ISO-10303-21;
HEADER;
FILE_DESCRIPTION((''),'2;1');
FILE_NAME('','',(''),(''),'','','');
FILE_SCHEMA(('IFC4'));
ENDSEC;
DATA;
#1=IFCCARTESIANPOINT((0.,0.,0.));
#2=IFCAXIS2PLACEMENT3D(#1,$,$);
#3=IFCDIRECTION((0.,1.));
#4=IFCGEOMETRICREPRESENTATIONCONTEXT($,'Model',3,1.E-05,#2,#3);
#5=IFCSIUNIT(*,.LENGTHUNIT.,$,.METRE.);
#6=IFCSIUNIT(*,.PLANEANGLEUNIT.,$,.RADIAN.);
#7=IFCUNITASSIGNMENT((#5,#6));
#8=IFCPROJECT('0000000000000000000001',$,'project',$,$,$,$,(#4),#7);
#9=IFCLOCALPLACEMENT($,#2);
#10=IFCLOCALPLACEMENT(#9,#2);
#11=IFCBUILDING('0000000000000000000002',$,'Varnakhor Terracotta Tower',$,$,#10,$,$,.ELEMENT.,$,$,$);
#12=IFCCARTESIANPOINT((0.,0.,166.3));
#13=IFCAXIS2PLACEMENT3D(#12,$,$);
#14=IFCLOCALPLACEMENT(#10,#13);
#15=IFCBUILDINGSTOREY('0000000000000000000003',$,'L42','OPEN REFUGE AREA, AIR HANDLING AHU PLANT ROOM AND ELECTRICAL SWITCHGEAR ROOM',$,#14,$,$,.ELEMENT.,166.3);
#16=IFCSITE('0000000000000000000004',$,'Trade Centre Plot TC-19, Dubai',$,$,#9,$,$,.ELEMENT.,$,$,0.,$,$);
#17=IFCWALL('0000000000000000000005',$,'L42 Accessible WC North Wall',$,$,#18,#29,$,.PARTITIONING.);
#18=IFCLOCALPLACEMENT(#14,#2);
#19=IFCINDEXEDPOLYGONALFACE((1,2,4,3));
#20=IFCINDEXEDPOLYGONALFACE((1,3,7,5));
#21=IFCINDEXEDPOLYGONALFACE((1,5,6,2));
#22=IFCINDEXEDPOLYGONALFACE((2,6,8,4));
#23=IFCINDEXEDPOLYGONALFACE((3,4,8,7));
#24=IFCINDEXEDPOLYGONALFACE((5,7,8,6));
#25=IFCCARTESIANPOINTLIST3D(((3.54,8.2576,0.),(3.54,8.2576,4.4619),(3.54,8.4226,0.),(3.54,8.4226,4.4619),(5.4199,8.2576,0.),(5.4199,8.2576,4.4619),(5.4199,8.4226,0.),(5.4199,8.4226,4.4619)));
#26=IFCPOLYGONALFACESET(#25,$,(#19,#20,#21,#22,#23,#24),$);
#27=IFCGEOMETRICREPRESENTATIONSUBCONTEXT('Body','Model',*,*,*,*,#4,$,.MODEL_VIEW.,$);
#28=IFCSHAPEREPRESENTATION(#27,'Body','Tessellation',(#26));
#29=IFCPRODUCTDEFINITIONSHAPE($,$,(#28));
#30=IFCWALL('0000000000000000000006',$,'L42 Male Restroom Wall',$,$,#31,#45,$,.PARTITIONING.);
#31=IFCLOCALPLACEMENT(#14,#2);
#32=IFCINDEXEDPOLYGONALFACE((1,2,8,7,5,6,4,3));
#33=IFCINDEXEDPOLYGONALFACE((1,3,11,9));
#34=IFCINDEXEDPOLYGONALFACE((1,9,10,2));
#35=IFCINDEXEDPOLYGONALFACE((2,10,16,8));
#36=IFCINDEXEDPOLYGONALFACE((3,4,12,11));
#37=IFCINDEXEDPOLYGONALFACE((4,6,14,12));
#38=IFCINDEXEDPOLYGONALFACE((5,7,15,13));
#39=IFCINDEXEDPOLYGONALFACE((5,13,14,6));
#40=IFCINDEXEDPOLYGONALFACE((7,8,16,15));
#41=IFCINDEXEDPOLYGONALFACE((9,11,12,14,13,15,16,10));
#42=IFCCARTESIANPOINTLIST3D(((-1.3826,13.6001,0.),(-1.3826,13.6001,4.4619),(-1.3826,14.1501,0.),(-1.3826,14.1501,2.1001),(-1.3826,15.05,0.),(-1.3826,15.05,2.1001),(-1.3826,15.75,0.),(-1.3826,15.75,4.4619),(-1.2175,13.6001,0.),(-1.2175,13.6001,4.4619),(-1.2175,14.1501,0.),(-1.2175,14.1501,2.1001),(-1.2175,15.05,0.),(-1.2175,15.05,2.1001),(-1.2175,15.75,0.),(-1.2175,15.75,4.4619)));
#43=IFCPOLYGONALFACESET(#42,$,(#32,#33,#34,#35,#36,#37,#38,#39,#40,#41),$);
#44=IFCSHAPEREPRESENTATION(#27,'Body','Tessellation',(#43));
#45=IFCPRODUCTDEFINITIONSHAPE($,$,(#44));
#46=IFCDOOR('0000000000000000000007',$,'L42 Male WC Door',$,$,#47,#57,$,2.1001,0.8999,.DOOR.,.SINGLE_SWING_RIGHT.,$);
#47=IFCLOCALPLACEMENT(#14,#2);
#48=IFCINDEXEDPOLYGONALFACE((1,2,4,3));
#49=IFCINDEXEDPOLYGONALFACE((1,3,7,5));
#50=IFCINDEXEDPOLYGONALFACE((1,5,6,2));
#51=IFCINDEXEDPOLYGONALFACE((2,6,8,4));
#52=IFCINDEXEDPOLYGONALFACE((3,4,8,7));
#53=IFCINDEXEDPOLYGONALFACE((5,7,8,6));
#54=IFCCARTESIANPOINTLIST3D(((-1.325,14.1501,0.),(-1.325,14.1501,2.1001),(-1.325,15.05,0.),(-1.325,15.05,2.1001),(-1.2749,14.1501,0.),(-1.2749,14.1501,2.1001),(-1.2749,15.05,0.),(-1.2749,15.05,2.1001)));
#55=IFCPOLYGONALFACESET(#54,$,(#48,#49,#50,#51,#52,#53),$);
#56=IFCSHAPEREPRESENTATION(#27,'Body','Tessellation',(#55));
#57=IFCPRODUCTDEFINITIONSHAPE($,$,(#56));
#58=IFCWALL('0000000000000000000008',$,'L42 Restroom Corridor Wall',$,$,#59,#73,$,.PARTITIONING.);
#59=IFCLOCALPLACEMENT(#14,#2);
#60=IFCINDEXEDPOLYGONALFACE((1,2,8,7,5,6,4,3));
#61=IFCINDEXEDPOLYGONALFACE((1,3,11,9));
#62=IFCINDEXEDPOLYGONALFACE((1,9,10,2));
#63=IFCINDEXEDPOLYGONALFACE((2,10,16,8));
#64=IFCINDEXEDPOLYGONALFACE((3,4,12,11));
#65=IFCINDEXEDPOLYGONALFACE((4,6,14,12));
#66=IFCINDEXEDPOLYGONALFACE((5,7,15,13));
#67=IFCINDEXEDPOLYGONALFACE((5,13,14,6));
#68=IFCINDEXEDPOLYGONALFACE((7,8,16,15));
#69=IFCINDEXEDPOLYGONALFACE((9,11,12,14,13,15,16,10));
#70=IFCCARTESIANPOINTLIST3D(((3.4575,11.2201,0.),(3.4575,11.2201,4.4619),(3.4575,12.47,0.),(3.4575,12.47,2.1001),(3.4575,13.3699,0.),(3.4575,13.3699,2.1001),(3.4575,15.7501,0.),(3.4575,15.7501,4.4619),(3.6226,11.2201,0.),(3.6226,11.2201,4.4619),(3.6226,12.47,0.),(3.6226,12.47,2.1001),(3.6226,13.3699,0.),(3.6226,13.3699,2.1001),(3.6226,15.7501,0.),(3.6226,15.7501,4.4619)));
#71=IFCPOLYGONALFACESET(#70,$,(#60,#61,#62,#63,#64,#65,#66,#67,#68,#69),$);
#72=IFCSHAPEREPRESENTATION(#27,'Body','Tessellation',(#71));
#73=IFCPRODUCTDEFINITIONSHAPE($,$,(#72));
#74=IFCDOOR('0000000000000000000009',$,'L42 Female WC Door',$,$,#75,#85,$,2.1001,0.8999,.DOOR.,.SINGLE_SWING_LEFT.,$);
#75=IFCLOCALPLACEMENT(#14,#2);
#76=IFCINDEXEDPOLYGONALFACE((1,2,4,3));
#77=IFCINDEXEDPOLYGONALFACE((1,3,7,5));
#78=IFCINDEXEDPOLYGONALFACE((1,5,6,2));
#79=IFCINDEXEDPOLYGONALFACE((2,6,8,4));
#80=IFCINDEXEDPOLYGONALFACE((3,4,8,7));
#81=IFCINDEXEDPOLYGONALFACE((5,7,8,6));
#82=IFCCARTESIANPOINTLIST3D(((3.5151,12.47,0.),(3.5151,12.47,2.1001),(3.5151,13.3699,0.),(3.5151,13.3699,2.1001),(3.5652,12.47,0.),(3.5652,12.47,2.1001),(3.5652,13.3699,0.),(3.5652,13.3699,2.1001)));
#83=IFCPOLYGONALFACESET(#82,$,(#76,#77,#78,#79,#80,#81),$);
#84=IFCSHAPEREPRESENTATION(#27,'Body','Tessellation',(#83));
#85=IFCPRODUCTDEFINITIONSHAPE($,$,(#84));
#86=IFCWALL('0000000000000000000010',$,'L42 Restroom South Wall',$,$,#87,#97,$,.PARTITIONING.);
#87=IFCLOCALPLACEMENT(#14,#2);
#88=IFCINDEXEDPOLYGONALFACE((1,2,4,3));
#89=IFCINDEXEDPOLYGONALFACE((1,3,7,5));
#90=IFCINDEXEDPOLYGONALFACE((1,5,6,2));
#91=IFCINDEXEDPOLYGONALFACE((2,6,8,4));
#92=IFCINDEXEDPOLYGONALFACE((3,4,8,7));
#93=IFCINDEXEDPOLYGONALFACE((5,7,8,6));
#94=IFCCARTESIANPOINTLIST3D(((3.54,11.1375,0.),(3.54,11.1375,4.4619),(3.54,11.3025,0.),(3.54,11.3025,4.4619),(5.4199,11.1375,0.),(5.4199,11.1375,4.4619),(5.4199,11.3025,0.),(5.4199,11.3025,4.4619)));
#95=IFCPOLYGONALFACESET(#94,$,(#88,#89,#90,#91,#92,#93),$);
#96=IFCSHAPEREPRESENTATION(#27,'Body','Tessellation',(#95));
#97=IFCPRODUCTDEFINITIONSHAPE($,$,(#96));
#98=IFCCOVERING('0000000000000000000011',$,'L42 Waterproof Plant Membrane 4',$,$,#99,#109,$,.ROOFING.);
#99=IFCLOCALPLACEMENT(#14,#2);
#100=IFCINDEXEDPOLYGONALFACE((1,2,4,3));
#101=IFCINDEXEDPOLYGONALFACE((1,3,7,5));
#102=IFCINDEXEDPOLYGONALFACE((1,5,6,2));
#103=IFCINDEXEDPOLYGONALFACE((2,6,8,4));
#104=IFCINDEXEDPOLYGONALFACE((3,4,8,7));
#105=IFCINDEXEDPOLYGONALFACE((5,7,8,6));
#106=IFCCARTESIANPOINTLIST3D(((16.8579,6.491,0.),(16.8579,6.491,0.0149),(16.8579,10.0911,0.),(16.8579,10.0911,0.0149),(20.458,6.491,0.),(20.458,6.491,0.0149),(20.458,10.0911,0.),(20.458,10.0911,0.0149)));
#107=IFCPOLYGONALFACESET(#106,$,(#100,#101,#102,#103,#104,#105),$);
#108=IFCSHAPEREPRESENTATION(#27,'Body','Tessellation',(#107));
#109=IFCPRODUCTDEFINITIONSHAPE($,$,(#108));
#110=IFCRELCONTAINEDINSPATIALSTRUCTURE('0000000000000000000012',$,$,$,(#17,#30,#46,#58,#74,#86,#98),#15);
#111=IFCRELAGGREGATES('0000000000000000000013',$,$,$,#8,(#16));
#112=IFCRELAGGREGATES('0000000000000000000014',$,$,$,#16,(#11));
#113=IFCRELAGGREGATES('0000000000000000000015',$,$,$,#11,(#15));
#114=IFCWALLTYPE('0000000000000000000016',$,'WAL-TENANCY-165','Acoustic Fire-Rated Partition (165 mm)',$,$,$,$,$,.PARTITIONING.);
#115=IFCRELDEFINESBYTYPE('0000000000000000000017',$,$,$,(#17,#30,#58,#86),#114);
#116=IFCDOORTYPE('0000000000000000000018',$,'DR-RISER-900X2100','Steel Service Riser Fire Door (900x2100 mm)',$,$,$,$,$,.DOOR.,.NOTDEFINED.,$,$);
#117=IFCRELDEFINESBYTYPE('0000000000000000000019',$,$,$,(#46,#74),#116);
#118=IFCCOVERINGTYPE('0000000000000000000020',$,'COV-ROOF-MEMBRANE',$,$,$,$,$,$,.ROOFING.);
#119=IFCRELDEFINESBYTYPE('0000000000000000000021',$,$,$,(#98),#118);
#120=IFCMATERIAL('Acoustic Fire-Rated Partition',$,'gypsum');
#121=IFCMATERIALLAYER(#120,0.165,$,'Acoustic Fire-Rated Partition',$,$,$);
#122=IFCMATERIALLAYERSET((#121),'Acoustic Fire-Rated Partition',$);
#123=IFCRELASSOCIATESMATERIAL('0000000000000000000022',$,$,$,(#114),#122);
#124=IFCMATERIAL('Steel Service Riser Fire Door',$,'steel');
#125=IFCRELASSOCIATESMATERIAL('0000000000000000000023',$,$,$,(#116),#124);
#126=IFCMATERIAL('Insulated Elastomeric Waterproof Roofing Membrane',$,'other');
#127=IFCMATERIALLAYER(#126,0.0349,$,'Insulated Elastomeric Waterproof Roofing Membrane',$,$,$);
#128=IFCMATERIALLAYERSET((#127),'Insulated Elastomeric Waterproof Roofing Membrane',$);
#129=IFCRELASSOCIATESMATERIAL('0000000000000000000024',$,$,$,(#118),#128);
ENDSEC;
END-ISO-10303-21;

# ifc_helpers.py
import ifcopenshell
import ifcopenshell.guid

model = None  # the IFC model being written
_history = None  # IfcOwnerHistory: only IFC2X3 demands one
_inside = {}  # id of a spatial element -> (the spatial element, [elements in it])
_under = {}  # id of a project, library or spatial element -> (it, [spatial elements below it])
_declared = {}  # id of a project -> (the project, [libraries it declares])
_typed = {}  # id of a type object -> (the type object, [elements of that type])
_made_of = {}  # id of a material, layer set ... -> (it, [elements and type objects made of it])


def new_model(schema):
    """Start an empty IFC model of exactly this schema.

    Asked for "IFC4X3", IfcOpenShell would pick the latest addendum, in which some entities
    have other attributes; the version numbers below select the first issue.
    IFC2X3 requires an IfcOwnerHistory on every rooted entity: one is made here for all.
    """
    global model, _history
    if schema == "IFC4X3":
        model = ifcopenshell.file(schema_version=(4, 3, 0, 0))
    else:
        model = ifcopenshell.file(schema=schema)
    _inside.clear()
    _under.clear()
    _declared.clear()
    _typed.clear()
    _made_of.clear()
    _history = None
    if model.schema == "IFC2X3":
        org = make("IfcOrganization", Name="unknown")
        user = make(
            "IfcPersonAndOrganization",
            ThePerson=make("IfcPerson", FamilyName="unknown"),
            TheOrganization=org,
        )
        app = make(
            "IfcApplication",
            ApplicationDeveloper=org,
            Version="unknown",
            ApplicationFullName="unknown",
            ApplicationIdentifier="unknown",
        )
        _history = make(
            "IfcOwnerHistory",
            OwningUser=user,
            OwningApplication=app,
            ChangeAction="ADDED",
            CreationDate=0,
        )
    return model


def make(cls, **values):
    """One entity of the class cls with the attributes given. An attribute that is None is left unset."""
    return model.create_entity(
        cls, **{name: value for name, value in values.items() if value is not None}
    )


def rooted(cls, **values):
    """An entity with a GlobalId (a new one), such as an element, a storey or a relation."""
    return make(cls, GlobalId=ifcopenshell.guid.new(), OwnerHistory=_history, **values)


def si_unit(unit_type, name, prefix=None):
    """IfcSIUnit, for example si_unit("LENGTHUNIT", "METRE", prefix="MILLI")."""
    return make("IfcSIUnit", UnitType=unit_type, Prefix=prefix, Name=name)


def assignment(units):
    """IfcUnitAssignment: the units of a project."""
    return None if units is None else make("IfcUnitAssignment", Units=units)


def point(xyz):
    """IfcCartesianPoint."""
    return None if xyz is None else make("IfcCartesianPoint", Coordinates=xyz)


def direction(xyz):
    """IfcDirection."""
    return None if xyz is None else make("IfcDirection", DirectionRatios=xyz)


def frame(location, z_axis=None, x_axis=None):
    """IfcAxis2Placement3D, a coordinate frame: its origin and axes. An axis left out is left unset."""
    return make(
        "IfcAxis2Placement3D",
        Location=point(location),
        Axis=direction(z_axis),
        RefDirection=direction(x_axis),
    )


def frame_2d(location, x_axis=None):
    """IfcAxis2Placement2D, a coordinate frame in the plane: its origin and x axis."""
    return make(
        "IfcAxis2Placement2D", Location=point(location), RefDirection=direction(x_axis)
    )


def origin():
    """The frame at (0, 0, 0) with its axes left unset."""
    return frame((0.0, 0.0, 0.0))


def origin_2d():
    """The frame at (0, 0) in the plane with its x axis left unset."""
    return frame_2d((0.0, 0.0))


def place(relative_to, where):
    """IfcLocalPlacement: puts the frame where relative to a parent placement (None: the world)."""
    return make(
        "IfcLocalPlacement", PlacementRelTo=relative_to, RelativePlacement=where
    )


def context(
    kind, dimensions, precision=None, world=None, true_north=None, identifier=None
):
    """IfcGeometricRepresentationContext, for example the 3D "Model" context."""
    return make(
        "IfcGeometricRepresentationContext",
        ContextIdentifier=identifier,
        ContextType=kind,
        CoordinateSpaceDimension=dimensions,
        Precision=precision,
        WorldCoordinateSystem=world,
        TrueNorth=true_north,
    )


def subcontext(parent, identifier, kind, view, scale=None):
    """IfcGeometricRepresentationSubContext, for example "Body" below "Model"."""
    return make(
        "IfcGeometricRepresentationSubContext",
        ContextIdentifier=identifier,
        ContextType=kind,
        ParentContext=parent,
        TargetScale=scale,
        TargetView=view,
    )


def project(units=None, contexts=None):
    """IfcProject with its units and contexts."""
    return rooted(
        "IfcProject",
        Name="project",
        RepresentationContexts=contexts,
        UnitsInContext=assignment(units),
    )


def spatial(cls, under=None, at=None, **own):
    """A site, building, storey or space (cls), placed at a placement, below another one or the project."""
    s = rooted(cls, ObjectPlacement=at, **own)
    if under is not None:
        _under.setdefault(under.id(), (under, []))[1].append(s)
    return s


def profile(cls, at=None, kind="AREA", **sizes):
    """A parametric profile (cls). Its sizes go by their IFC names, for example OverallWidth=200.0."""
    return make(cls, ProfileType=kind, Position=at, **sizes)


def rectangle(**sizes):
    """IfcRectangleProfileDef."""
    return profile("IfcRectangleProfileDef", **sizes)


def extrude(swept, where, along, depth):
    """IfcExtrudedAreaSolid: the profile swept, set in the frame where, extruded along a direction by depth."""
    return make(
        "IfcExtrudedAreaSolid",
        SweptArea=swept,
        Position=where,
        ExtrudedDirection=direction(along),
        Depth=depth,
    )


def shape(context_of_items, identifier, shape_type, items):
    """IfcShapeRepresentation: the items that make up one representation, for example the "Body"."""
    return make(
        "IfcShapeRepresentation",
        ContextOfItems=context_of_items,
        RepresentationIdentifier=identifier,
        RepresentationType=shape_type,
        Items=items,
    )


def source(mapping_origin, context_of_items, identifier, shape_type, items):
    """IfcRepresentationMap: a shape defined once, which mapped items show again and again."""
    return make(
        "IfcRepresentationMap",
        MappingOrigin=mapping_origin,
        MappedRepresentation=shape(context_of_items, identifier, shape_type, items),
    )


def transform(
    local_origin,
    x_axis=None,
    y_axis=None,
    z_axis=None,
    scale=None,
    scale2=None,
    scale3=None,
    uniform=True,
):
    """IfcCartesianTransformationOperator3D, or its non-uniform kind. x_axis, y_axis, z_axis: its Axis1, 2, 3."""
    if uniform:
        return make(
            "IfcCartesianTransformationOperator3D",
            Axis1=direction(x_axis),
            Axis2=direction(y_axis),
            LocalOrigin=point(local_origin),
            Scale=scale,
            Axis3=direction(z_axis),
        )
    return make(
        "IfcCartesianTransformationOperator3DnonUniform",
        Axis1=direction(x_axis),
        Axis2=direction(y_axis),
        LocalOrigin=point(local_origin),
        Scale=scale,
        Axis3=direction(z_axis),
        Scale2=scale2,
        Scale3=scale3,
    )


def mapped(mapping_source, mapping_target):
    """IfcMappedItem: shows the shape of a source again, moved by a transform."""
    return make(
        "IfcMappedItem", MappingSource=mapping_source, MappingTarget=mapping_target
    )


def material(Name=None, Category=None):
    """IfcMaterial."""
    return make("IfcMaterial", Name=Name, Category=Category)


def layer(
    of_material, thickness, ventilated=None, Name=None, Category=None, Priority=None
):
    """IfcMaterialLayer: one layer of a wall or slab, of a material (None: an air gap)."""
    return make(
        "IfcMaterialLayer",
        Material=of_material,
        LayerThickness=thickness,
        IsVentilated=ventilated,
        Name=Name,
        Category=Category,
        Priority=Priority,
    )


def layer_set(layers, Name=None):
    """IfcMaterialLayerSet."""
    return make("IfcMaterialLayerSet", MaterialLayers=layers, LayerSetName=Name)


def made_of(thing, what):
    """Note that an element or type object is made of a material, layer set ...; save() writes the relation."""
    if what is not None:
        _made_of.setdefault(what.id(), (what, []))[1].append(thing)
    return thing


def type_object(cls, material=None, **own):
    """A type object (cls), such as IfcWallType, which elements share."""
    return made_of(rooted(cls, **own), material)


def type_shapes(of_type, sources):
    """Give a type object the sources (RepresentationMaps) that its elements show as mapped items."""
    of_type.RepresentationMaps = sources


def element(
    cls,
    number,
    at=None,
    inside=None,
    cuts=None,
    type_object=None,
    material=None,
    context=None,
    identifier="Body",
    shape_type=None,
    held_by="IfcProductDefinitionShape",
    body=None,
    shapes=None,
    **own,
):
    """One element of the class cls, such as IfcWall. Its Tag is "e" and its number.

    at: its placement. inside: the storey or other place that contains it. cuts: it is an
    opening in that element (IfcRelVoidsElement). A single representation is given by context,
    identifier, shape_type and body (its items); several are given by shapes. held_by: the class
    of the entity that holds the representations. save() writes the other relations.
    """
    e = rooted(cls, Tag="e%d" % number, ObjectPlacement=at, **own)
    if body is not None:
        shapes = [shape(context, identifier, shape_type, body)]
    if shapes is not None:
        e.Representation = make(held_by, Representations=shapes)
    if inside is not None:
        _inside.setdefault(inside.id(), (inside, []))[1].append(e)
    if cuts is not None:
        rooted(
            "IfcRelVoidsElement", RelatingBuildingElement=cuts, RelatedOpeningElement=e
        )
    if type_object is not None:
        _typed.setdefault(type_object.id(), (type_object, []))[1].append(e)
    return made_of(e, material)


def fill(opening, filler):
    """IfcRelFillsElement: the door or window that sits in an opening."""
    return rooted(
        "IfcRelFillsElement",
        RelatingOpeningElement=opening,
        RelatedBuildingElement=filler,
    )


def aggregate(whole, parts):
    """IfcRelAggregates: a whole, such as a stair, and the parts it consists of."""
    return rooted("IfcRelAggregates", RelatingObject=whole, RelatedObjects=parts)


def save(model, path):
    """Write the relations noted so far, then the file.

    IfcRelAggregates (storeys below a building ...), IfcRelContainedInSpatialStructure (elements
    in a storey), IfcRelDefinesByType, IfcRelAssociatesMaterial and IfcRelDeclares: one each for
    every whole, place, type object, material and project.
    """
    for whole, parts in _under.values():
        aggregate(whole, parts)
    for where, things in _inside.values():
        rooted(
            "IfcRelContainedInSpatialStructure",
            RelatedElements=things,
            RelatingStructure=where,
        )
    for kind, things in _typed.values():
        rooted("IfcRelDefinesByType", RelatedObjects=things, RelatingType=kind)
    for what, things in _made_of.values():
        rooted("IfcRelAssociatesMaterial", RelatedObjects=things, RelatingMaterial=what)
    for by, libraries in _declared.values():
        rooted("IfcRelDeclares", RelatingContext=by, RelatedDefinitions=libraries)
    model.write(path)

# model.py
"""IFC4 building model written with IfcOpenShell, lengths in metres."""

from ifc_helpers import new_model, si_unit, direction, frame, frame_2d, origin, origin_2d, place, context, subcontext, project, spatial, rectangle, extrude, source, transform, mapped, material, layer, layer_set, type_object, type_shapes, element, fill, save


model = new_model("IFC4")

# Units and contexts
model_context = context("Model", 3, precision=1e-05, world=origin(), true_north=direction((0.0, 1.0)))
body_context = subcontext(model_context, "Body", "Model", "MODEL_VIEW")
ifc_project = project(units=[si_unit("LENGTHUNIT", "METRE"), si_unit("PLANEANGLEUNIT", "RADIAN")], contexts=[model_context])

# Site, building, storey
site_placement = place(None, origin())
site = spatial("IfcSite", under=ifc_project, at=site_placement, Name="Trade Centre Plot TC-19, Dubai", CompositionType="ELEMENT", RefElevation=0.0)
building_placement = place(site_placement, origin())
building = spatial("IfcBuilding", under=site, at=building_placement, Name="Varnakhor Terracotta Tower", CompositionType="ELEMENT")
storey_placement = place(building_placement, frame((0.0, 0.0, 166.3)))
storey = spatial("IfcBuildingStorey", under=building, at=storey_placement, Name="L42", Description="OPEN REFUGE AREA, AIR HANDLING AHU PLANT ROOM AND ELECTRICAL SWITCHGEAR ROOM", CompositionType="ELEMENT", Elevation=166.3)

# Wall
ifc_material_1 = material(Name="Acoustic Fire-Rated Partition", Category="gypsum")
ifc_layer_1 = layer(ifc_material_1, 0.165, Name="Acoustic Fire-Rated Partition")
ifc_layer_set_1 = layer_set([ifc_layer_1], Name="Acoustic Fire-Rated Partition")
wall_type_1 = type_object("IfcWallType", Name="WAL-TENANCY-165", Description="Acoustic Fire-Rated Partition (165 mm)", PredefinedType="PARTITIONING", material=ifc_layer_set_1)
wall_1_placement = place(storey_placement, frame((3.54, 8.3401, 0.0), z_axis=(0.0, 0.0, 1.0), x_axis=(1.0, 0.0, 0.0)))
element("IfcWall", 1, at=wall_1_placement, inside=storey, type_object=wall_type_1, Name="L42 Accessible WC North Wall", PredefinedType="PARTITIONING", context=body_context, shape_type="SweptSolid", body=[
    extrude(rectangle(XDim=1.8799, YDim=0.165, at=frame_2d((0.9399, 0.0))), origin(), (0.0, 0.0, 1.0), 4.4619),
])

# Walls, openings, doors
wall_2_placement = place(storey_placement, frame((-1.3, 13.6001, 0.0), z_axis=(0.0, 0.0, 1.0), x_axis=(0.0, 1.0, 0.0)))
wall_2 = element("IfcWall", 2, at=wall_2_placement, inside=storey, type_object=wall_type_1, Name="L42 Male Restroom Wall", PredefinedType="PARTITIONING", context=body_context, shape_type="SweptSolid", body=[
    extrude(rectangle(XDim=2.1499, YDim=0.165, at=frame_2d((1.075, 0.0))), origin(), (0.0, 0.0, 1.0), 4.4619),
])
opening_1_placement = place(wall_2_placement, frame((0.55, 0.0, 0.0)))
opening_1 = element("IfcOpeningElement", 3, at=opening_1_placement, cuts=wall_2, PredefinedType="OPENING", context=body_context, shape_type="SweptSolid", body=[
    extrude(rectangle(XDim=0.8999, YDim=2.1001, at=frame_2d((0.45, 1.05))), frame((0.0, 0.0925, 0.0), z_axis=(0.0, -1.0, 0.0), x_axis=(1.0, 0.0, 0.0)), (0.0, 0.0, 1.0), 0.1851),
])
ifc_material_2 = material(Name="Steel Service Riser Fire Door", Category="steel")
door_type_1 = type_object("IfcDoorType", Name="DR-RISER-900X2100", Description="Steel Service Riser Fire Door (900x2100 mm)", OperationType="NOTDEFINED", PredefinedType="DOOR", material=ifc_material_2)
shared_shape_1 = source(origin(), body_context, "Body", "SweptSolid", [
    extrude(rectangle(XDim=0.8999, YDim=2.1001, at=frame_2d((0.45, 1.05))), frame((0.0, 0.0249, 0.0), z_axis=(0.0, -1.0, 0.0), x_axis=(1.0, 0.0, 0.0)), (0.0, 0.0, 1.0), 0.05),
])
type_shapes(door_type_1, [shared_shape_1])
door_1_placement = place(opening_1_placement, origin())
door_1 = element("IfcDoor", 4, at=door_1_placement, inside=storey, type_object=door_type_1, Name="L42 Male WC Door", OperationType="SINGLE_SWING_RIGHT", OverallHeight=2.1001, OverallWidth=0.8999, PredefinedType="DOOR", context=body_context, shape_type="MappedRepresentation", body=[
    mapped(shared_shape_1, transform((0.0, 0.0, 0.0), scale=1.0)),
])
fill(opening_1, door_1)
wall_3_placement = place(storey_placement, frame((3.54, 11.22, 0.0), z_axis=(0.0, 0.0, 1.0), x_axis=(0.0, 1.0, 0.0)))
wall_3 = element("IfcWall", 5, at=wall_3_placement, inside=storey, type_object=wall_type_1, Name="L42 Restroom Corridor Wall", PredefinedType="PARTITIONING", context=body_context, shape_type="SweptSolid", body=[
    extrude(rectangle(XDim=4.53, YDim=0.165, at=frame_2d((2.2651, 0.0))), origin(), (0.0, 0.0, 1.0), 4.4619),
])
opening_2_placement = place(wall_3_placement, frame((1.25, 0.0, 0.0)))
opening_2 = element("IfcOpeningElement", 6, at=opening_2_placement, cuts=wall_3, PredefinedType="OPENING", context=body_context, shape_type="SweptSolid", body=[
    extrude(rectangle(XDim=0.8999, YDim=2.1001, at=frame_2d((0.45, 1.05))), frame((0.0, 0.0925, 0.0), z_axis=(0.0, -1.0, 0.0), x_axis=(1.0, 0.0, 0.0)), (0.0, 0.0, 1.0), 0.1851),
])
door_2_placement = place(opening_2_placement, origin())
door_2 = element("IfcDoor", 7, at=door_2_placement, inside=storey, type_object=door_type_1, Name="L42 Female WC Door", OperationType="SINGLE_SWING_LEFT", OverallHeight=2.1001, OverallWidth=0.8999, PredefinedType="DOOR", context=body_context, shape_type="MappedRepresentation", body=[
    mapped(shared_shape_1, transform((0.0, 0.0, 0.0), scale=1.0)),
])
fill(opening_2, door_2)

# Wall
wall_4_placement = place(storey_placement, frame((3.54, 11.22, 0.0), z_axis=(0.0, 0.0, 1.0), x_axis=(1.0, 0.0, 0.0)))
element("IfcWall", 8, at=wall_4_placement, inside=storey, type_object=wall_type_1, Name="L42 Restroom South Wall", PredefinedType="PARTITIONING", context=body_context, shape_type="SweptSolid", body=[
    extrude(rectangle(XDim=1.8799, YDim=0.165, at=frame_2d((0.9399, 0.0))), origin(), (0.0, 0.0, 1.0), 4.4619),
])

# Covering
ifc_material_3 = material(Name="Insulated Elastomeric Waterproof Roofing Membrane", Category="other")
ifc_layer_2 = layer(ifc_material_3, 0.0349, Name="Insulated Elastomeric Waterproof Roofing Membrane")
ifc_layer_set_2 = layer_set([ifc_layer_2], Name="Insulated Elastomeric Waterproof Roofing Membrane")
covering_type = type_object("IfcCoveringType", Name="COV-ROOF-MEMBRANE", PredefinedType="ROOFING", material=ifc_layer_set_2)
shared_shape_2 = source(origin(), body_context, "Body", "SweptSolid", [
    extrude(rectangle(XDim=3.6001, YDim=3.6001, at=origin_2d()), origin(), (0.0, 0.0, 1.0), 0.0149),
])
type_shapes(covering_type, [shared_shape_2])
covering_placement = place(storey_placement, frame((18.658, 8.291, 0.0), z_axis=(0.0, 0.0, 1.0), x_axis=(1.0, 0.0, 0.0)))
element("IfcCovering", 9, at=covering_placement, inside=storey, type_object=covering_type, Name="L42 Waterproof Plant Membrane 4", PredefinedType="ROOFING", context=body_context, shape_type="MappedRepresentation", body=[
    mapped(shared_shape_2, transform((0.0, 0.0, 0.0), scale=1.0)),
])

save(model, "model.ifc")
